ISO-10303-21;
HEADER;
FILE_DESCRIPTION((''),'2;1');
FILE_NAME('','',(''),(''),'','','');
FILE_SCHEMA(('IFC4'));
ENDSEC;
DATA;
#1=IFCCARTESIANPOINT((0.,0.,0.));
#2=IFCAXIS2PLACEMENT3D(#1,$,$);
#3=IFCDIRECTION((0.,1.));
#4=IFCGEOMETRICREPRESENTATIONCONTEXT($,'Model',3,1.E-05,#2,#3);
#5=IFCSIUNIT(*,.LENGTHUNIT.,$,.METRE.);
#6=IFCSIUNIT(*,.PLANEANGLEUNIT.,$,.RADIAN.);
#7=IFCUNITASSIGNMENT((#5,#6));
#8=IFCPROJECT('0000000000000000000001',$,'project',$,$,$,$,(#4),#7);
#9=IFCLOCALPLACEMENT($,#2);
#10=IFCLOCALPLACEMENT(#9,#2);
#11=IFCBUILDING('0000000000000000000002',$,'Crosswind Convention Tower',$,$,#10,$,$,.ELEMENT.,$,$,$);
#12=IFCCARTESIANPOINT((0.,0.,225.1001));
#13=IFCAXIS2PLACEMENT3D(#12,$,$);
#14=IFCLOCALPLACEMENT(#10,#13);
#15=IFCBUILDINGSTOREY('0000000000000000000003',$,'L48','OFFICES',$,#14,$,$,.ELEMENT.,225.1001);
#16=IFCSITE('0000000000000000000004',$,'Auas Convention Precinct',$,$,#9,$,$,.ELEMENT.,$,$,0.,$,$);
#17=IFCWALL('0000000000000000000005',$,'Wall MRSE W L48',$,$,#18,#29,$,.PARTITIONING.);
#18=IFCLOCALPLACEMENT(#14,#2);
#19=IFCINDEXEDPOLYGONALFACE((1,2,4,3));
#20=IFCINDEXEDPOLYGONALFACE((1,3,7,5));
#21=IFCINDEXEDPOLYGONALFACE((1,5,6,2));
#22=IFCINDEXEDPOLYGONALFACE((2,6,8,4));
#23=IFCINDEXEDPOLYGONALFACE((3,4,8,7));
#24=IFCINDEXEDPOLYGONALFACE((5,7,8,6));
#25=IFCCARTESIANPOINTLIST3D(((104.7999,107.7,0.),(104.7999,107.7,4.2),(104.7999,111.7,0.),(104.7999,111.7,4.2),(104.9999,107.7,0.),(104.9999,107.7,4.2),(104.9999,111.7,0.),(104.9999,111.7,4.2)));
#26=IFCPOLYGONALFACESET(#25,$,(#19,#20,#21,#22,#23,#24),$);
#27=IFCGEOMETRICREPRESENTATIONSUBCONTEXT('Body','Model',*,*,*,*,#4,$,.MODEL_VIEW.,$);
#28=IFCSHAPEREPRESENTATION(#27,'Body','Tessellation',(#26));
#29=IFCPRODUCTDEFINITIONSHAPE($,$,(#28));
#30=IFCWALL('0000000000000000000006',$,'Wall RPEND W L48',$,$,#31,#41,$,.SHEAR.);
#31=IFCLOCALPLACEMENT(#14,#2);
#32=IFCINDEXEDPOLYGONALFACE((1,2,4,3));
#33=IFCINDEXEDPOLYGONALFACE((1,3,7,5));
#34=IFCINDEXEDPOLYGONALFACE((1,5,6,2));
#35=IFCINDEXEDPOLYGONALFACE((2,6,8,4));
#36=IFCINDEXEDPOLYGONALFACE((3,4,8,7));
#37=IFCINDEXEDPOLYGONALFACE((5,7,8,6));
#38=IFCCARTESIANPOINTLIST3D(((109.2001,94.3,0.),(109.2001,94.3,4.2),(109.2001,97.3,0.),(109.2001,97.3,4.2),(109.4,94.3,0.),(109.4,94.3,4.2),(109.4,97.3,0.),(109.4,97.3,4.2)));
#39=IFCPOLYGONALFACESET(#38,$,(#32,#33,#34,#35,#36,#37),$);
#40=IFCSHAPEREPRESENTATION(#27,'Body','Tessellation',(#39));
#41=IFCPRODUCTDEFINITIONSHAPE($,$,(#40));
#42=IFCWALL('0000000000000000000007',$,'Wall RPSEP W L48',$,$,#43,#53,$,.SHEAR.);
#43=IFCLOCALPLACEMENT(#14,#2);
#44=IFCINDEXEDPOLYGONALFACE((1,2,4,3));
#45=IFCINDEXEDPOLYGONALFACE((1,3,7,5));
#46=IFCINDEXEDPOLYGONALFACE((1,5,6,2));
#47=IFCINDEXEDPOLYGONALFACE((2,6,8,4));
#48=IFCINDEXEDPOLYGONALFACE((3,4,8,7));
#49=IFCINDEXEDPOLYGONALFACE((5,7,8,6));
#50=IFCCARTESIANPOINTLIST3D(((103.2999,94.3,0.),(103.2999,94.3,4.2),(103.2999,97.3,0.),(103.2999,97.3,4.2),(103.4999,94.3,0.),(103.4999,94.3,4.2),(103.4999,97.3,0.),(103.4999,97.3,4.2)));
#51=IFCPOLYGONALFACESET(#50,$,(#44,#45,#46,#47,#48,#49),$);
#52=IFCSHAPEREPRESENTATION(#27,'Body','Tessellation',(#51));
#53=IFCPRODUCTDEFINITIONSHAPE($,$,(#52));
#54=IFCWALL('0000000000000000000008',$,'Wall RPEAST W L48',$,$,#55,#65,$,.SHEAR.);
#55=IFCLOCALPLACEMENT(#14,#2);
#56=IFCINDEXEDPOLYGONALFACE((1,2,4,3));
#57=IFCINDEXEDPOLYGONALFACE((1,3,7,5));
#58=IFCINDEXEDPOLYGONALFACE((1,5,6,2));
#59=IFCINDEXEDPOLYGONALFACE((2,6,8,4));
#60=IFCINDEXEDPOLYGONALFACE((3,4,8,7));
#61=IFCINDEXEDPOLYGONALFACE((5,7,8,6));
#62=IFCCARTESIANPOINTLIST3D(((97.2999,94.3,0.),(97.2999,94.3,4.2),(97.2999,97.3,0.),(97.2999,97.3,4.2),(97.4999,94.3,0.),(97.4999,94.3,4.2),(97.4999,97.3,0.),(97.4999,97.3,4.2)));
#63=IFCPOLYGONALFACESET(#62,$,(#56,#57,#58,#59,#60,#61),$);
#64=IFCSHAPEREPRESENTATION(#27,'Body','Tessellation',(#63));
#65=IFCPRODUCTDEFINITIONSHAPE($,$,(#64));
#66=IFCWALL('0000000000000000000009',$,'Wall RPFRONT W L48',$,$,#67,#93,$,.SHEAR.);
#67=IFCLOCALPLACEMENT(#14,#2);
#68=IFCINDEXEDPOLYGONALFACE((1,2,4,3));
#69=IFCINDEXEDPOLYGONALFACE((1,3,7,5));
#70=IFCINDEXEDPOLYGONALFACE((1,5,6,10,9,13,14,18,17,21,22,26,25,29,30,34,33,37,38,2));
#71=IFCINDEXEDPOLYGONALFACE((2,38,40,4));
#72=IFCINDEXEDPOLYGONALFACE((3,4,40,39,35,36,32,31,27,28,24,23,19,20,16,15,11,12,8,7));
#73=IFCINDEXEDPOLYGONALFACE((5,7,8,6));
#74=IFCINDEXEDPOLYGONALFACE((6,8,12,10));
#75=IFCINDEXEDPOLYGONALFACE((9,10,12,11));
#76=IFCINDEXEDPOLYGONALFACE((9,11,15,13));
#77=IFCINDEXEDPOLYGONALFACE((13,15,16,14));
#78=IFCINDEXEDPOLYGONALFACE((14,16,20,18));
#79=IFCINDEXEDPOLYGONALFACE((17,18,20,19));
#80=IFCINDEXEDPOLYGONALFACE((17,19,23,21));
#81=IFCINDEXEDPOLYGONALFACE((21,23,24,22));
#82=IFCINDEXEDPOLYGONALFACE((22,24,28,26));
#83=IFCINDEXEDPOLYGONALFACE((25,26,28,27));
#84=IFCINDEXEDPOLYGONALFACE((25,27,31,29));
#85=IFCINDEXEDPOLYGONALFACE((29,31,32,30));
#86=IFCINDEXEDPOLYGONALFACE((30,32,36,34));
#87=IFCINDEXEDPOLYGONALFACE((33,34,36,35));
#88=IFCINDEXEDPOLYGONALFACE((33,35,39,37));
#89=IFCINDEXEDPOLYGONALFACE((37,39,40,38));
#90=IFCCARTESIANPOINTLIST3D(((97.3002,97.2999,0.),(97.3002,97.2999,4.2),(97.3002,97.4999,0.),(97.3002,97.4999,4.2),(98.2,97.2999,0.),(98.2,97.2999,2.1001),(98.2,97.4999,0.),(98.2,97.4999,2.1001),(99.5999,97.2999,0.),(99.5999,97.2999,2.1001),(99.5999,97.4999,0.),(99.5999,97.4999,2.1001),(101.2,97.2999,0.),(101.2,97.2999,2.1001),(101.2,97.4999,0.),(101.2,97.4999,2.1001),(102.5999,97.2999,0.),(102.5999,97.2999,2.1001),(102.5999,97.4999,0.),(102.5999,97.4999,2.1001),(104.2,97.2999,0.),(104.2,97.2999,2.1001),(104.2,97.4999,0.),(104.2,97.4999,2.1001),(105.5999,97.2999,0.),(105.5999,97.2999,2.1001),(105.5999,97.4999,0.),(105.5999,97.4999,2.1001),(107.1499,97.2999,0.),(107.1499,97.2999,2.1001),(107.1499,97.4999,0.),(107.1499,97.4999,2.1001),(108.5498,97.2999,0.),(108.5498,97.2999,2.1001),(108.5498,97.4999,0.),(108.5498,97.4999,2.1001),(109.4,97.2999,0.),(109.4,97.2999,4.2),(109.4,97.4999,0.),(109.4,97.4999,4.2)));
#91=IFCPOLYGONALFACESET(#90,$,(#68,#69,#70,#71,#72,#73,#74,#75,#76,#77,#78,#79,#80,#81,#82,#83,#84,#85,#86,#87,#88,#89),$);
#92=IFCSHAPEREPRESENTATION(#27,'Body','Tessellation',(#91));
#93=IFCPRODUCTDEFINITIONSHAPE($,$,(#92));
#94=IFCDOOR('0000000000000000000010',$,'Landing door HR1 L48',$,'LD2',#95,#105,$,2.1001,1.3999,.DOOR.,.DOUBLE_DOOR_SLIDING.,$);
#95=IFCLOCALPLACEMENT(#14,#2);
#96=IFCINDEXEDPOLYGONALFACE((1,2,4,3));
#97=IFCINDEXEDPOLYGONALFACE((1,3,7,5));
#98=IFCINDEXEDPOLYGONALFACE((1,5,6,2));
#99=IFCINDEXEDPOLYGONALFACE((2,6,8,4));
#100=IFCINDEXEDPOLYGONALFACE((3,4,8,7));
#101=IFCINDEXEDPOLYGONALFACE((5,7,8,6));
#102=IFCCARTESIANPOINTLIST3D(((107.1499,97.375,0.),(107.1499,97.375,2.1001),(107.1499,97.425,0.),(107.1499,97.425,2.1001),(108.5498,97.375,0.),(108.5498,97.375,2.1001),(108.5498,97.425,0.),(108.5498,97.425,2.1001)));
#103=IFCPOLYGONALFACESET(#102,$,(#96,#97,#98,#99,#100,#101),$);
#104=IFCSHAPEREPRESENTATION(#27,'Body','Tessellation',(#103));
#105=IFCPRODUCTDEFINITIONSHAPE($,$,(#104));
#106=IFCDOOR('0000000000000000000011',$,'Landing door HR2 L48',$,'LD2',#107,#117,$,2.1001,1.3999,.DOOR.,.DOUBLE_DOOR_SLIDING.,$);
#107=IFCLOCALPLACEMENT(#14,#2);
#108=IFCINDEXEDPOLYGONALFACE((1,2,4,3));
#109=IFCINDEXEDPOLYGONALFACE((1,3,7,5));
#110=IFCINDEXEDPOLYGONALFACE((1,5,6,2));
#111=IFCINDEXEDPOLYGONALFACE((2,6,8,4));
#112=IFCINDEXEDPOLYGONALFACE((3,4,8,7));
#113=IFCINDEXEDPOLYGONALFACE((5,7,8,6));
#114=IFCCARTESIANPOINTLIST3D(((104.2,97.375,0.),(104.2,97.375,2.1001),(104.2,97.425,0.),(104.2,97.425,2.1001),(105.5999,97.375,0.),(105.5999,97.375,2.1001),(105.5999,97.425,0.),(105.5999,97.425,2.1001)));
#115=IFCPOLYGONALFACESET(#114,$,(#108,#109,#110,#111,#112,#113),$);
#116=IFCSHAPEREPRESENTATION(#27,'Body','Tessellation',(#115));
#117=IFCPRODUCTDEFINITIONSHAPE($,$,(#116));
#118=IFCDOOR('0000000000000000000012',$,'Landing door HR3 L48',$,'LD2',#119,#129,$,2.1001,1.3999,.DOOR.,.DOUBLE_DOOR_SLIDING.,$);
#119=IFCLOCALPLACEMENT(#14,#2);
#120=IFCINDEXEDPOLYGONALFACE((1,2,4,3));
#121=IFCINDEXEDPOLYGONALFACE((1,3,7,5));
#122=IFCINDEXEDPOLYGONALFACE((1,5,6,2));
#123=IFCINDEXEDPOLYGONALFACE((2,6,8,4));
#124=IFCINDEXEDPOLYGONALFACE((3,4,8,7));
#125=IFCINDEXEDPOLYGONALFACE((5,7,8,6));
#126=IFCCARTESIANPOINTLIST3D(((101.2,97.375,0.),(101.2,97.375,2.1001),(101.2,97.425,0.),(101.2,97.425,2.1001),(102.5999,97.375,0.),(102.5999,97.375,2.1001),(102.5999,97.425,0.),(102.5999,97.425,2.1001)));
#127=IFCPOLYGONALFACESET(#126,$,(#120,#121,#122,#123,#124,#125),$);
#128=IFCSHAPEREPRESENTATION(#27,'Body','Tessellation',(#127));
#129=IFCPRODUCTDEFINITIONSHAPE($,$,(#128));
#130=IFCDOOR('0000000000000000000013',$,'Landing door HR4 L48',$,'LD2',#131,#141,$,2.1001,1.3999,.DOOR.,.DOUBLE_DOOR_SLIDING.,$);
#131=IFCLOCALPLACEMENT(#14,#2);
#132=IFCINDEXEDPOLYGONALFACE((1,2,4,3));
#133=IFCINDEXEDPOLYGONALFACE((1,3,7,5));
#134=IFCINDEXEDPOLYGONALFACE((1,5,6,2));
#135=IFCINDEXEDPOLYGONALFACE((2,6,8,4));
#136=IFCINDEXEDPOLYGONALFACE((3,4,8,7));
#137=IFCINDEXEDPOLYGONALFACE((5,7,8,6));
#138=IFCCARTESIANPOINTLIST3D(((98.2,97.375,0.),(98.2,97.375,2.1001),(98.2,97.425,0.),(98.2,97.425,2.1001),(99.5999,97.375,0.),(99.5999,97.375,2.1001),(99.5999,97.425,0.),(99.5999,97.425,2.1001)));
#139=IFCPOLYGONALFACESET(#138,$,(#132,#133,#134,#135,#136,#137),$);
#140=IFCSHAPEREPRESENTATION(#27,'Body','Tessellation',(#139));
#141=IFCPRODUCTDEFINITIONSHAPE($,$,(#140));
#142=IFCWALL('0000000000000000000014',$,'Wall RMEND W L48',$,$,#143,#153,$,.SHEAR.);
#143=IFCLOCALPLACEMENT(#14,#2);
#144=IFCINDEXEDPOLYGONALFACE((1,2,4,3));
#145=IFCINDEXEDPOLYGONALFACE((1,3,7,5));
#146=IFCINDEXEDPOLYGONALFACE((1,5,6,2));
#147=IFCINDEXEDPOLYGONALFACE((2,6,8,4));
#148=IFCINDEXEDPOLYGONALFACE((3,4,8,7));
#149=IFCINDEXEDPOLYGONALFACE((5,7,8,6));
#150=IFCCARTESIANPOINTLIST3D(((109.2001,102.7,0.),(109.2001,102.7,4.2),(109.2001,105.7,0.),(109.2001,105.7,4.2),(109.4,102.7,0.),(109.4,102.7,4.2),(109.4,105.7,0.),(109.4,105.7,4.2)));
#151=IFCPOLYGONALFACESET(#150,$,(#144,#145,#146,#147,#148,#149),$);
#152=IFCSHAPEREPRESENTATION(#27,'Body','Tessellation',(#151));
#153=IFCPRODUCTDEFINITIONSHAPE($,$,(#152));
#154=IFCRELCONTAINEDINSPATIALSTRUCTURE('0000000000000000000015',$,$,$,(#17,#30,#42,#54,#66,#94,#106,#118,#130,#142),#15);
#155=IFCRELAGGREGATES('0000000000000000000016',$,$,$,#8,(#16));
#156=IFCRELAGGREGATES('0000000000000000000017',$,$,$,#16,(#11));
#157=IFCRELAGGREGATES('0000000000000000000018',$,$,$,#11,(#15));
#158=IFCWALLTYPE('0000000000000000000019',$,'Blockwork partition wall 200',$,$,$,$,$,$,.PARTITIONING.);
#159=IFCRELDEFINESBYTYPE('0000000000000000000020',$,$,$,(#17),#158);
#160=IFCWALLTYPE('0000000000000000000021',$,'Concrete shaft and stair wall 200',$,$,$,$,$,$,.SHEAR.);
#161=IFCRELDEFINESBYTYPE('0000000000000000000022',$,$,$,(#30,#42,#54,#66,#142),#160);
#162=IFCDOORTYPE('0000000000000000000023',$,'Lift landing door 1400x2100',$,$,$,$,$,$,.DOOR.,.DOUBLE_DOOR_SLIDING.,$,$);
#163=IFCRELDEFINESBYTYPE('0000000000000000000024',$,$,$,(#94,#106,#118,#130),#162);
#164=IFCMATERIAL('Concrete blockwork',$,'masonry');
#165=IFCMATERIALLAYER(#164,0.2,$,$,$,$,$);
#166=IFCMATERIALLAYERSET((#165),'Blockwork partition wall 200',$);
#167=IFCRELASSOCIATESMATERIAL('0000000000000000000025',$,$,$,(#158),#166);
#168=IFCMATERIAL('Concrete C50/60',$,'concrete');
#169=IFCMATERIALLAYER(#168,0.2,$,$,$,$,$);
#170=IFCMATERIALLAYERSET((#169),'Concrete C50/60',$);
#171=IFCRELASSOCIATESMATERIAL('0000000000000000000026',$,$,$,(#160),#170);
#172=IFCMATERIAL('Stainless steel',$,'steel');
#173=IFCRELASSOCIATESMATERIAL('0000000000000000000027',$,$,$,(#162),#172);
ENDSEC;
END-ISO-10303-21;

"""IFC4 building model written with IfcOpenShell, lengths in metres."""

from ifc_helpers import new_model, si_unit, direction, frame, frame_2d, origin, place, context, subcontext, project, spatial, rectangle, extrude, material, layer, layer_set, type_object, element, fill, save


model = new_model("IFC4")

# Units and contexts
model_context = context("Model", 3, precision=1e-05, world=origin(), true_north=direction((0.0, 1.0)))
body_context = subcontext(model_context, "Body", "Model", "MODEL_VIEW")
ifc_project = project(units=[si_unit("LENGTHUNIT", "METRE"), si_unit("PLANEANGLEUNIT", "RADIAN")], contexts=[model_context])

# Site, building, storey
site_placement = place(None, origin())
site = spatial("IfcSite", under=ifc_project, at=site_placement, Name="Auas Convention Precinct", CompositionType="ELEMENT", RefElevation=0.0)
building_placement = place(site_placement, origin())
building = spatial("IfcBuilding", under=site, at=building_placement, Name="Crosswind Convention Tower", CompositionType="ELEMENT")
storey_placement = place(building_placement, frame((0.0, 0.0, 225.1001)))
storey = spatial("IfcBuildingStorey", under=building, at=storey_placement, Name="L48", Description="OFFICES", CompositionType="ELEMENT", Elevation=225.1001)

# Walls
ifc_material_1 = material(Name="Concrete blockwork", Category="masonry")
ifc_layer_1 = layer(ifc_material_1, 0.2)
ifc_layer_set_1 = layer_set([ifc_layer_1], Name="Blockwork partition wall 200")
wall_type_1 = type_object("IfcWallType", Name="Blockwork partition wall 200", PredefinedType="PARTITIONING", material=ifc_layer_set_1)
wall_1_placement = place(storey_placement, frame((104.8999, 111.7, 0.0), z_axis=(0.0, 0.0, 1.0), x_axis=(0.0, -1.0, 0.0)))
element("IfcWall", 1, at=wall_1_placement, inside=storey, type_object=wall_type_1, Name="Wall MRSE W L48", PredefinedType="PARTITIONING", context=body_context, shape_type="SweptSolid", body=[
    extrude(rectangle(XDim=4.0, YDim=0.2, at=frame_2d((2.0, 0.0))), origin(), (0.0, 0.0, 1.0), 4.2),
])
ifc_material_2 = material(Name="Concrete C50/60", Category="concrete")
ifc_layer_2 = layer(ifc_material_2, 0.2)
ifc_layer_set_2 = layer_set([ifc_layer_2], Name="Concrete C50/60")
wall_type_2 = type_object("IfcWallType", Name="Concrete shaft and stair wall 200", PredefinedType="SHEAR", material=ifc_layer_set_2)
for number, where, z_axis, x_axis, name in (
    (2, (109.3, 97.3, 0.0), (0.0, 0.0, 1.0), (0.0, -1.0, 0.0), "Wall RPEND W L48"),
    (3, (103.3999, 97.3, 0.0), (0.0, 0.0, 1.0), (0.0, -1.0, 0.0), "Wall RPSEP W L48"),
    (4, (97.3999, 97.3, 0.0), (0.0, 0.0, 1.0), (0.0, -1.0, 0.0), "Wall RPEAST W L48"),
):
    element("IfcWall", number, at=place(storey_placement, frame(where, z_axis=z_axis, x_axis=x_axis)), inside=storey, type_object=wall_type_2, Name=name, PredefinedType="SHEAR", context=body_context, shape_type="SweptSolid", body=[
        extrude(rectangle(XDim=3.0, YDim=0.2, at=frame_2d((1.5, 0.0))), origin(), (0.0, 0.0, 1.0), 4.2),
    ])

# Wall, openings, doors
wall_2_placement = place(storey_placement, frame((109.3999, 97.3999, 0.0), z_axis=(0.0, 0.0, 1.0), x_axis=(-1.0, 0.0, 0.0)))
wall_2 = element("IfcWall", 5, at=wall_2_placement, inside=storey, type_object=wall_type_2, Name="Wall RPFRONT W L48", PredefinedType="SHEAR", context=body_context, shape_type="SweptSolid", body=[
    extrude(rectangle(XDim=12.0999, YDim=0.2, at=frame_2d((6.0498, 0.0))), origin(), (0.0, 0.0, 1.0), 4.2),
])
opening_1_placement = place(wall_2_placement, frame((0.8501, 0.0, 0.0)))
opening_1 = element("IfcOpeningElement", 6, at=opening_1_placement, cuts=wall_2, PredefinedType="OPENING", context=body_context, shape_type="SweptSolid", body=[
    extrude(rectangle(XDim=1.3999, YDim=2.1001, at=frame_2d((0.7, 1.05))), frame((0.0, 0.1099, 0.0), z_axis=(0.0, -1.0, 0.0), x_axis=(1.0, 0.0, 0.0)), (0.0, 0.0, 1.0), 0.22),
])
opening_2_placement = place(wall_2_placement, frame((3.8, 0.0, 0.0)))
opening_2 = element("IfcOpeningElement", 7, at=opening_2_placement, cuts=wall_2, PredefinedType="OPENING", context=body_context, shape_type="SweptSolid", body=[
    extrude(rectangle(XDim=1.3999, YDim=2.1001, at=frame_2d((0.7, 1.05))), frame((0.0, 0.1099, 0.0), z_axis=(0.0, -1.0, 0.0), x_axis=(1.0, 0.0, 0.0)), (0.0, 0.0, 1.0), 0.22),
])
opening_3_placement = place(wall_2_placement, frame((6.8, 0.0, 0.0)))
opening_3 = element("IfcOpeningElement", 8, at=opening_3_placement, cuts=wall_2, PredefinedType="OPENING", context=body_context, shape_type="SweptSolid", body=[
    extrude(rectangle(XDim=1.3999, YDim=2.1001, at=frame_2d((0.7, 1.05))), frame((0.0, 0.1099, 0.0), z_axis=(0.0, -1.0, 0.0), x_axis=(1.0, 0.0, 0.0)), (0.0, 0.0, 1.0), 0.22),
])
opening_4_placement = place(wall_2_placement, frame((9.8, 0.0, 0.0)))
opening_4 = element("IfcOpeningElement", 9, at=opening_4_placement, cuts=wall_2, PredefinedType="OPENING", context=body_context, shape_type="SweptSolid", body=[
    extrude(rectangle(XDim=1.3999, YDim=2.1001, at=frame_2d((0.7, 1.05))), frame((0.0, 0.1099, 0.0), z_axis=(0.0, -1.0, 0.0), x_axis=(1.0, 0.0, 0.0)), (0.0, 0.0, 1.0), 0.22),
])
ifc_material_3 = material(Name="Stainless steel", Category="steel")
door_type_1 = type_object("IfcDoorType", Name="Lift landing door 1400x2100", OperationType="DOUBLE_DOOR_SLIDING", PredefinedType="DOOR", material=ifc_material_3)
door_1_placement = place(opening_1_placement, origin())
door_1 = element("IfcDoor", 10, at=door_1_placement, inside=storey, type_object=door_type_1, Name="Landing door HR1 L48", ObjectType="LD2", OperationType="DOUBLE_DOOR_SLIDING", OverallHeight=2.1001, OverallWidth=1.3999, PredefinedType="DOOR", context=body_context, shape_type="SweptSolid", body=[
    extrude(rectangle(XDim=1.3999, YDim=2.1001, at=frame_2d((0.7, 1.05))), frame((0.0, 0.0249, 0.0), z_axis=(0.0, -1.0, 0.0), x_axis=(1.0, 0.0, 0.0)), (0.0, 0.0, 1.0), 0.05),
])
fill(opening_1, door_1)
door_2_placement = place(opening_2_placement, origin())
door_2 = element("IfcDoor", 11, at=door_2_placement, inside=storey, type_object=door_type_1, Name="Landing door HR2 L48", ObjectType="LD2", OperationType="DOUBLE_DOOR_SLIDING", OverallHeight=2.1001, OverallWidth=1.3999, PredefinedType="DOOR", context=body_context, shape_type="SweptSolid", body=[
    extrude(rectangle(XDim=1.3999, YDim=2.1001, at=frame_2d((0.7, 1.05))), frame((0.0, 0.0249, 0.0), z_axis=(0.0, -1.0, 0.0), x_axis=(1.0, 0.0, 0.0)), (0.0, 0.0, 1.0), 0.05),
])
fill(opening_2, door_2)
door_3_placement = place(opening_3_placement, origin())
door_3 = element("IfcDoor", 12, at=door_3_placement, inside=storey, type_object=door_type_1, Name="Landing door HR3 L48", ObjectType="LD2", OperationType="DOUBLE_DOOR_SLIDING", OverallHeight=2.1001, OverallWidth=1.3999, PredefinedType="DOOR", context=body_context, shape_type="SweptSolid", body=[
    extrude(rectangle(XDim=1.3999, YDim=2.1001, at=frame_2d((0.7, 1.05))), frame((0.0, 0.0249, 0.0), z_axis=(0.0, -1.0, 0.0), x_axis=(1.0, 0.0, 0.0)), (0.0, 0.0, 1.0), 0.05),
])
fill(opening_3, door_3)
door_4_placement = place(opening_4_placement, origin())
door_4 = element("IfcDoor", 13, at=door_4_placement, inside=storey, type_object=door_type_1, Name="Landing door HR4 L48", ObjectType="LD2", OperationType="DOUBLE_DOOR_SLIDING", OverallHeight=2.1001, OverallWidth=1.3999, PredefinedType="DOOR", context=body_context, shape_type="SweptSolid", body=[
    extrude(rectangle(XDim=1.3999, YDim=2.1001, at=frame_2d((0.7, 1.05))), frame((0.0, 0.0249, 0.0), z_axis=(0.0, -1.0, 0.0), x_axis=(1.0, 0.0, 0.0)), (0.0, 0.0, 1.0), 0.05),
])
fill(opening_4, door_4)

# Wall
wall_3_placement = place(storey_placement, frame((109.3, 105.7, 0.0), z_axis=(0.0, 0.0, 1.0), x_axis=(0.0, -1.0, 0.0)))
element("IfcWall", 14, at=wall_3_placement, inside=storey, type_object=wall_type_2, Name="Wall RMEND W L48", PredefinedType="SHEAR", context=body_context, shape_type="SweptSolid", body=[
    extrude(rectangle(XDim=3.0, YDim=0.2, at=frame_2d((1.5, 0.0))), origin(), (0.0, 0.0, 1.0), 4.2),
])

save(model, "model.ifc")
